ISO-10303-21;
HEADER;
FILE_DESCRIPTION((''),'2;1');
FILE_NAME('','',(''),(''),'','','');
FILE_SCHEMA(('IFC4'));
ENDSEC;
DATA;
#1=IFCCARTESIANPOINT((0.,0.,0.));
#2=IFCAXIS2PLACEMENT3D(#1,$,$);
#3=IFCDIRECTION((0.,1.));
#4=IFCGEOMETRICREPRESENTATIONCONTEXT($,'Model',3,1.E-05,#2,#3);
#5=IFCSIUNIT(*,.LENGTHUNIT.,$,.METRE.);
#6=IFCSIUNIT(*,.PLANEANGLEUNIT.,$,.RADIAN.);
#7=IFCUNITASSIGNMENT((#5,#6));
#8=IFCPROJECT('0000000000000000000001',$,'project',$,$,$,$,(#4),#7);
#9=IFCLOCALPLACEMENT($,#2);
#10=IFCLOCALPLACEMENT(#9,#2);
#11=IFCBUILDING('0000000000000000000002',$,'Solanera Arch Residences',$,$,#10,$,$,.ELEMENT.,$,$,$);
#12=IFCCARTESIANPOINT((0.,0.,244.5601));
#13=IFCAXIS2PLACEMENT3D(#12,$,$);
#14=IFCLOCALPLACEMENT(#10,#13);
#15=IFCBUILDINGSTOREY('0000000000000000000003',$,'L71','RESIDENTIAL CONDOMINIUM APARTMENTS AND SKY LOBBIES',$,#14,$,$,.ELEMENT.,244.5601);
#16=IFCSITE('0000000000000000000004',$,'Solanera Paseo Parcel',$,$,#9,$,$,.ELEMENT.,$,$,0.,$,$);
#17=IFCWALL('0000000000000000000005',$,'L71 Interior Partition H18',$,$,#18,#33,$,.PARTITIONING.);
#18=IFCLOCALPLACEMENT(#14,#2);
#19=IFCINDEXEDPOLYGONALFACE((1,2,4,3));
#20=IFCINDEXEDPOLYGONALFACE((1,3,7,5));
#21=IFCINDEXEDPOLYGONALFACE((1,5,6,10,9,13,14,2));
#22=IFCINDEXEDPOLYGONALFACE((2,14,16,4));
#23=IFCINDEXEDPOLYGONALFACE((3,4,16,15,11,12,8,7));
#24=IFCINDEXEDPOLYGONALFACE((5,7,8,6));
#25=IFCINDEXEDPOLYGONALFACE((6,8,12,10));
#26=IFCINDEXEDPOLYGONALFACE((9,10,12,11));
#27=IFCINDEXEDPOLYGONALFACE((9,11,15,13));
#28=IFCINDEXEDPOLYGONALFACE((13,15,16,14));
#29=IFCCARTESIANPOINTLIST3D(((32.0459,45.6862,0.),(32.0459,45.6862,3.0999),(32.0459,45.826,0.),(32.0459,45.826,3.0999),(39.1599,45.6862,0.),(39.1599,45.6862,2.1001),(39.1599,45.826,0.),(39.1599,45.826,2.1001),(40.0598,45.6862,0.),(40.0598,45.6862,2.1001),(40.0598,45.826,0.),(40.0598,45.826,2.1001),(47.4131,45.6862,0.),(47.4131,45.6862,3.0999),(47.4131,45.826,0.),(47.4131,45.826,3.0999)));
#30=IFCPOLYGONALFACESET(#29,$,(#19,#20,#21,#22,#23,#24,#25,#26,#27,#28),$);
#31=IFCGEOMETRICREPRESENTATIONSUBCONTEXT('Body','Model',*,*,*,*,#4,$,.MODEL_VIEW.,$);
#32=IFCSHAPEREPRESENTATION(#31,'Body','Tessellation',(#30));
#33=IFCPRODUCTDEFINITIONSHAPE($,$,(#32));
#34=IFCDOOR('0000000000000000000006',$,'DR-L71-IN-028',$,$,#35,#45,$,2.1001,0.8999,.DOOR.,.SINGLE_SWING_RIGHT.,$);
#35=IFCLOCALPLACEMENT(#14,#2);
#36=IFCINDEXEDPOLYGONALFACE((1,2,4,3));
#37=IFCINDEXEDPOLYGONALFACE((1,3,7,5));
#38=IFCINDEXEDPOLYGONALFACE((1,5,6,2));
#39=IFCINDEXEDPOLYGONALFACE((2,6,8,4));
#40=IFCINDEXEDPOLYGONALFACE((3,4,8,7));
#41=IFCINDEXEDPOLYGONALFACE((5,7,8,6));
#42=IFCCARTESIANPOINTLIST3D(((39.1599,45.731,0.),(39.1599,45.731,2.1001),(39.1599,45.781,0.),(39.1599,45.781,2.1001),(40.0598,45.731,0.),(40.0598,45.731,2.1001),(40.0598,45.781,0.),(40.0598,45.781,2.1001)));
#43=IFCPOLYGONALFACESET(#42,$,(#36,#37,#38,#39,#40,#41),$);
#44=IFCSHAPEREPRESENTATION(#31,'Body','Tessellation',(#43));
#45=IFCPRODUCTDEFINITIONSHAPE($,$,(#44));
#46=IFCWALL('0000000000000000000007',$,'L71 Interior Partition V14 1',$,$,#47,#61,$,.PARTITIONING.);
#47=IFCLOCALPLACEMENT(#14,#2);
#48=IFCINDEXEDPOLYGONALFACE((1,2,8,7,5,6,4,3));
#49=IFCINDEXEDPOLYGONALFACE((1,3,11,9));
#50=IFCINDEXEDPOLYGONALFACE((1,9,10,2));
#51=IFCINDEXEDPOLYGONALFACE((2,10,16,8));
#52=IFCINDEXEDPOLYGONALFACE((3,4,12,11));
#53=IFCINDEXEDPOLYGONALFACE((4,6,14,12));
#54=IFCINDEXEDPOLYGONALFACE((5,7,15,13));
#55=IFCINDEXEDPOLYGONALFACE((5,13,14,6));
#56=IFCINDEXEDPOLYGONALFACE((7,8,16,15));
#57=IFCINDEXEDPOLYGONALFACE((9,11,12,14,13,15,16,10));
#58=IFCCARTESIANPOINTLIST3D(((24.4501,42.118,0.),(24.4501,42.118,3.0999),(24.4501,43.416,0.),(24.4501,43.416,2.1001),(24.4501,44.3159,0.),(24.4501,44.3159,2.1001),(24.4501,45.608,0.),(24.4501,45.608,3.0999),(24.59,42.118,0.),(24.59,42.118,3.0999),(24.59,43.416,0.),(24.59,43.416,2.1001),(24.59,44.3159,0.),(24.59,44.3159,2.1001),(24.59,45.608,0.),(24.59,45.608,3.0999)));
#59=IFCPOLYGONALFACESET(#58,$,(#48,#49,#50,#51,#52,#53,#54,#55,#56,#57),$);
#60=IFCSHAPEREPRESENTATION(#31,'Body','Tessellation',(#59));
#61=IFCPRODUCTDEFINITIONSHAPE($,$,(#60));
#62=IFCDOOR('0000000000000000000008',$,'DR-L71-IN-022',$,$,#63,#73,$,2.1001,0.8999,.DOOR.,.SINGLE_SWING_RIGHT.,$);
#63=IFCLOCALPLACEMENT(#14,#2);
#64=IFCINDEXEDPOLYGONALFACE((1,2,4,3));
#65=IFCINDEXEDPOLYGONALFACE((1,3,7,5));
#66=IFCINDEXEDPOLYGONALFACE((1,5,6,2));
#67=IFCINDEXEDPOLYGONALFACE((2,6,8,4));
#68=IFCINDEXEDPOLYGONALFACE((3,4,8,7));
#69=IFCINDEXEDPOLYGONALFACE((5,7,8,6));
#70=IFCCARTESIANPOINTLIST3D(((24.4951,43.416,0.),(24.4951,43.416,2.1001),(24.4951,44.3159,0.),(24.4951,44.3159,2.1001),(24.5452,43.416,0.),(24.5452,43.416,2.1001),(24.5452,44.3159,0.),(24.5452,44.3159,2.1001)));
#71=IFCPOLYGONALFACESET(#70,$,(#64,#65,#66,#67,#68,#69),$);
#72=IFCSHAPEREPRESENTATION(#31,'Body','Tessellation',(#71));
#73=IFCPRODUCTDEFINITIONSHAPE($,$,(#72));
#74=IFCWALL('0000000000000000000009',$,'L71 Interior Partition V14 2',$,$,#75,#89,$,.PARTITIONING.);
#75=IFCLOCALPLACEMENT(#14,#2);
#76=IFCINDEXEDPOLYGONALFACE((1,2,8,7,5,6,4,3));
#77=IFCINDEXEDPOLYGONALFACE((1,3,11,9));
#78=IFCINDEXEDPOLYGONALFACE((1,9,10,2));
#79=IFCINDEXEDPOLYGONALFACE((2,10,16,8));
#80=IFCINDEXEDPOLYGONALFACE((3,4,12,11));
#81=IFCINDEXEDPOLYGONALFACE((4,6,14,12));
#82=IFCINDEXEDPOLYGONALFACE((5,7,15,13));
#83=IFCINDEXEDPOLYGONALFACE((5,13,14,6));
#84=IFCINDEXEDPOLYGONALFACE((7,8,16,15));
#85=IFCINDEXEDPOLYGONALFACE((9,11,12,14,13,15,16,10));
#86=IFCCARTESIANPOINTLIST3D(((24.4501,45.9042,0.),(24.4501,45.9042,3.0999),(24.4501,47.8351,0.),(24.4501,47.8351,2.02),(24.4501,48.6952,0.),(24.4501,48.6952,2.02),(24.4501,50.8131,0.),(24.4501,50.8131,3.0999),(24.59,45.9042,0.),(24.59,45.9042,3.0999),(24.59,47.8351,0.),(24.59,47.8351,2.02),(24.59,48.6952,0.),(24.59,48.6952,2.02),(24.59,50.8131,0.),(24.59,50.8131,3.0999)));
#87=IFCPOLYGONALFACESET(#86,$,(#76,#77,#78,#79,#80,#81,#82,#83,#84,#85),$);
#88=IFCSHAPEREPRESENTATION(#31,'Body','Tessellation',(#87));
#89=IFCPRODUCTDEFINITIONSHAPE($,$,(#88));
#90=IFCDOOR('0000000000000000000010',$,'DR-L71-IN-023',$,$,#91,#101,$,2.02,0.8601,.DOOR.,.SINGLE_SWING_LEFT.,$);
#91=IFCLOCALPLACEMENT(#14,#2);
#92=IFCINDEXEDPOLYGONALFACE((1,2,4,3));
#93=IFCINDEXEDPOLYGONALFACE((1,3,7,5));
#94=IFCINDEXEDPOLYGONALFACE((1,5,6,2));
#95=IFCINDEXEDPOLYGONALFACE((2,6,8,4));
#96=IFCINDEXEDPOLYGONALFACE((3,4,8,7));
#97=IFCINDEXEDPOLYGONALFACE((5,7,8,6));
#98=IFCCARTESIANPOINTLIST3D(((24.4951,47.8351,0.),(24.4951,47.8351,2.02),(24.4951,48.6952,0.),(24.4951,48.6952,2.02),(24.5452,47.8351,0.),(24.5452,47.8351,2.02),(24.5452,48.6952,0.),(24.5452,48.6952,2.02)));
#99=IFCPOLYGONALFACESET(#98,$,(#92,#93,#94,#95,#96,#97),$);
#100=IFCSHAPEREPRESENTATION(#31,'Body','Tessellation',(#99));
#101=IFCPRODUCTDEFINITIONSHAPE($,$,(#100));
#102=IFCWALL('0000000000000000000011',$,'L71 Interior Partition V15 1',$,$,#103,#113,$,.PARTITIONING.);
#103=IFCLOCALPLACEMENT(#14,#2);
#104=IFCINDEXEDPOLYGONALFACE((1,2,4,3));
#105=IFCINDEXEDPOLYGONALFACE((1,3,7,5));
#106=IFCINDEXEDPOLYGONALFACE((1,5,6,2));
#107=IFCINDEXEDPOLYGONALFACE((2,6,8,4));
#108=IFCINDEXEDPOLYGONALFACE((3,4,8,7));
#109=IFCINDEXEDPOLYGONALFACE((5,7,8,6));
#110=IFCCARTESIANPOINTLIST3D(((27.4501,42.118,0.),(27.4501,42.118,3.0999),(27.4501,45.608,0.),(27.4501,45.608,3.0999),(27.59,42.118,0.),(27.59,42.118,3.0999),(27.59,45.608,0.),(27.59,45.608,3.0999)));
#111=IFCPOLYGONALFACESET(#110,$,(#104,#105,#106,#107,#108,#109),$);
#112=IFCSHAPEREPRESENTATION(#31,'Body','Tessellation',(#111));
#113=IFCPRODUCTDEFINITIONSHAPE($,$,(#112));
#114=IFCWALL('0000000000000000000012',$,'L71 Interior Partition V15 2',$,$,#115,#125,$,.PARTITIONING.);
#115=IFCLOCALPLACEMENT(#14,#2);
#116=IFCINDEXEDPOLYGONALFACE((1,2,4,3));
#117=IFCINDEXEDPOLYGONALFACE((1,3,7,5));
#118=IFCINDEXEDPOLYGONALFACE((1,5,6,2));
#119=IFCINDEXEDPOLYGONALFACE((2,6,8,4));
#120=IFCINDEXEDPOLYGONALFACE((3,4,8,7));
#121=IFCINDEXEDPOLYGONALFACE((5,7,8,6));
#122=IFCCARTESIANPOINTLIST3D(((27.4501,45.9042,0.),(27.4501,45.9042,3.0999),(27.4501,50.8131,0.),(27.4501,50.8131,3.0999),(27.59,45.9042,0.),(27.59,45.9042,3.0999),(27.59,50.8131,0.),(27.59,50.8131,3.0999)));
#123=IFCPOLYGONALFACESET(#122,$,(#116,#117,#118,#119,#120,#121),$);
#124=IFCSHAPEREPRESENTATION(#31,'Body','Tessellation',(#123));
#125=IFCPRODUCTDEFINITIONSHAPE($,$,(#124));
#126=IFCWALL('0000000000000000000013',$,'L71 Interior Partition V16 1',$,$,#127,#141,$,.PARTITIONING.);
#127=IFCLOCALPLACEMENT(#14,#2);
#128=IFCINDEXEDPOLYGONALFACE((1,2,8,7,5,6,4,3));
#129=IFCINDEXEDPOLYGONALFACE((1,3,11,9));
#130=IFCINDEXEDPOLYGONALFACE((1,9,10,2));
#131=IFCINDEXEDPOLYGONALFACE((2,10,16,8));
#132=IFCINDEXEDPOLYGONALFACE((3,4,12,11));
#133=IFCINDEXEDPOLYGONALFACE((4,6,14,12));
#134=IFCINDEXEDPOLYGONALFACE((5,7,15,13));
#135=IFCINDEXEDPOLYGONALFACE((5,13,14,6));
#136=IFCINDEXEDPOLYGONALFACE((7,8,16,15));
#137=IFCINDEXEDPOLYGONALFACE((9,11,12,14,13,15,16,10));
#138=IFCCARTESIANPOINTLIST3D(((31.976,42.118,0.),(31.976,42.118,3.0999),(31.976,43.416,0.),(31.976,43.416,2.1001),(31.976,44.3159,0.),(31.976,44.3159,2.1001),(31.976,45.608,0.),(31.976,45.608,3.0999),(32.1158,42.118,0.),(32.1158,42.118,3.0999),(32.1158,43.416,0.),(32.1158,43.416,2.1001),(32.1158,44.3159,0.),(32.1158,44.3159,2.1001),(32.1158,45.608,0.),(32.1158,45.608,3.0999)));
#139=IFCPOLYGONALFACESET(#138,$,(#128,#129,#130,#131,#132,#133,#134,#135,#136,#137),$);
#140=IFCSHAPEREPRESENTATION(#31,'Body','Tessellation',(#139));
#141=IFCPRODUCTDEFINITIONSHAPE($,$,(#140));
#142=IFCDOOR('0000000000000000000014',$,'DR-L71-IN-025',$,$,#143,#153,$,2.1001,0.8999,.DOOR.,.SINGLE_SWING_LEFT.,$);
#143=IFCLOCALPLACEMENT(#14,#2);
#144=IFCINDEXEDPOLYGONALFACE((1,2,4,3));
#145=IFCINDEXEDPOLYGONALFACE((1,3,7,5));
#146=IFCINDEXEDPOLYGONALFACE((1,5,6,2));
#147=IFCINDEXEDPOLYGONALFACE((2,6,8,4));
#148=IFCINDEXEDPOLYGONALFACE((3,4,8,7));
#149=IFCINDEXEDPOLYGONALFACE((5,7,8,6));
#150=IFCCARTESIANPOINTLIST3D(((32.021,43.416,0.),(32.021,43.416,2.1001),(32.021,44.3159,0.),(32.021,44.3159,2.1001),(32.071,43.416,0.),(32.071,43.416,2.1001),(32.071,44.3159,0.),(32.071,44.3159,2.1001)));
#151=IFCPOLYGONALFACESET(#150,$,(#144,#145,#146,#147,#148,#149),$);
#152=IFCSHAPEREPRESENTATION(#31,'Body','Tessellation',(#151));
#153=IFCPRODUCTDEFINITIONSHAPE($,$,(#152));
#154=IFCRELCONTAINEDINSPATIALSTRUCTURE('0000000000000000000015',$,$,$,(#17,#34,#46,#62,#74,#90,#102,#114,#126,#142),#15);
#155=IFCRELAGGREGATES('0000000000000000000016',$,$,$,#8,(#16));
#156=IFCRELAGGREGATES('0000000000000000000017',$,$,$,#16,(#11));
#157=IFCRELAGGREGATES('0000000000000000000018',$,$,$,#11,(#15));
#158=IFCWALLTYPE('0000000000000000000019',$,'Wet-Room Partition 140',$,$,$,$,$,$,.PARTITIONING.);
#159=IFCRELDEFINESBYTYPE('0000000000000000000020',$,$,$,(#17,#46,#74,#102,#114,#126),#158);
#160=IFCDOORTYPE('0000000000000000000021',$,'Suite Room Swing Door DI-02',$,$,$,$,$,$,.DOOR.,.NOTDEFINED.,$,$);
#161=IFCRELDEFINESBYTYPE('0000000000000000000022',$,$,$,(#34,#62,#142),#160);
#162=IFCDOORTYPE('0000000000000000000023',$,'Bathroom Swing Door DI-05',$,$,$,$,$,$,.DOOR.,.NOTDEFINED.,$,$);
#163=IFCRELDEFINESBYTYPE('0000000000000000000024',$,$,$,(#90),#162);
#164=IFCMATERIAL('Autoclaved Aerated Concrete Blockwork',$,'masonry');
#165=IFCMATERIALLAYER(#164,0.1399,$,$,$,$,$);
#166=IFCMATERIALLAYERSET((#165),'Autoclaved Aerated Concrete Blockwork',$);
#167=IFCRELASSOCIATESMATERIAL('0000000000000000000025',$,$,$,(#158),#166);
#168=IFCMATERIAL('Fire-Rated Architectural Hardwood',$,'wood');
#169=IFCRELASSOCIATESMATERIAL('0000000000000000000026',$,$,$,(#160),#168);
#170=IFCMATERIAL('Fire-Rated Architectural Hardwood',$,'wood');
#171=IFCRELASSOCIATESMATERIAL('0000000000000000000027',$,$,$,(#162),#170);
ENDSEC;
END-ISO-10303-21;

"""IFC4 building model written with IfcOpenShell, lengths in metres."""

from ifc_helpers import new_model, si_unit, direction, frame, frame_2d, origin, place, context, subcontext, project, spatial, rectangle, extrude, material, layer, layer_set, type_object, element, fill, save


model = new_model("IFC4")

# Units and contexts
model_context = context("Model", 3, precision=1e-05, world=origin(), true_north=direction((0.0, 1.0)))
body_context = subcontext(model_context, "Body", "Model", "MODEL_VIEW")
ifc_project = project(units=[si_unit("LENGTHUNIT", "METRE"), si_unit("PLANEANGLEUNIT", "RADIAN")], contexts=[model_context])

# Site, building, storey
site_placement = place(None, origin())
site = spatial("IfcSite", under=ifc_project, at=site_placement, Name="Solanera Paseo Parcel", CompositionType="ELEMENT", RefElevation=0.0)
building_placement = place(site_placement, origin())
building = spatial("IfcBuilding", under=site, at=building_placement, Name="Solanera Arch Residences", CompositionType="ELEMENT")
storey_placement = place(building_placement, frame((0.0, 0.0, 244.5601)))
storey = spatial("IfcBuildingStorey", under=building, at=storey_placement, Name="L71", Description="RESIDENTIAL CONDOMINIUM APARTMENTS AND SKY LOBBIES", CompositionType="ELEMENT", Elevation=244.5601)

# Shared definitions
ifc_material_1 = material(Name="Autoclaved Aerated Concrete Blockwork", Category="masonry")
ifc_layer_1 = layer(ifc_material_1, 0.1399)
ifc_layer_set_1 = layer_set([ifc_layer_1], Name="Autoclaved Aerated Concrete Blockwork")
wall_type_1 = type_object("IfcWallType", Name="Wet-Room Partition 140", PredefinedType="PARTITIONING", material=ifc_layer_set_1)

# Walls, openings, doors
wall_1_placement = place(storey_placement, frame((32.0459, 45.7561, 0.0), z_axis=(0.0, 0.0, 1.0), x_axis=(1.0, 0.0, 0.0)))
wall_1 = element("IfcWall", 1, at=wall_1_placement, inside=storey, type_object=wall_type_1, Name="L71 Interior Partition H18", PredefinedType="PARTITIONING", context=body_context, shape_type="SweptSolid", body=[
    extrude(rectangle(XDim=15.3672, YDim=0.1399, at=frame_2d((7.6836, 0.0))), origin(), (0.0, 0.0, 1.0), 3.0999),
])
opening_1_placement = place(wall_1_placement, frame((7.114, 0.0, 0.0)))
opening_1 = element("IfcOpeningElement", 2, at=opening_1_placement, cuts=wall_1, PredefinedType="OPENING", context=body_context, shape_type="SweptSolid", body=[
    extrude(rectangle(XDim=0.8999, YDim=2.1001, at=frame_2d((0.45, 1.05))), frame((0.0, 0.0798, 0.0), z_axis=(0.0, -1.0, 0.0), x_axis=(1.0, 0.0, 0.0)), (0.0, 0.0, 1.0), 0.1599),
])
ifc_material_2 = material(Name="Fire-Rated Architectural Hardwood", Category="wood")
door_type_1 = type_object("IfcDoorType", Name="Suite Room Swing Door DI-02", OperationType="NOTDEFINED", PredefinedType="DOOR", material=ifc_material_2)
door_1_placement = place(opening_1_placement, origin())
door_1 = element("IfcDoor", 3, at=door_1_placement, inside=storey, type_object=door_type_1, Name="DR-L71-IN-028", OperationType="SINGLE_SWING_RIGHT", OverallHeight=2.1001, OverallWidth=0.8999, PredefinedType="DOOR", context=body_context, shape_type="SweptSolid", body=[
    extrude(rectangle(XDim=0.8999, YDim=2.1001, at=frame_2d((0.45, 1.05))), frame((0.0, 0.0249, 0.0), z_axis=(0.0, -1.0, 0.0), x_axis=(1.0, 0.0, 0.0)), (0.0, 0.0, 1.0), 0.05),
])
fill(opening_1, door_1)
wall_2_placement = place(storey_placement, frame((24.52, 42.1179, 0.0), z_axis=(0.0, 0.0, 1.0), x_axis=(0.0, 1.0, 0.0)))
wall_2 = element("IfcWall", 4, at=wall_2_placement, inside=storey, type_object=wall_type_1, Name="L71 Interior Partition V14 1", PredefinedType="PARTITIONING", context=body_context, shape_type="SweptSolid", body=[
    extrude(rectangle(XDim=3.49, YDim=0.1399, at=frame_2d((1.7451, 0.0))), origin(), (0.0, 0.0, 1.0), 3.0999),
])
opening_2_placement = place(wall_2_placement, frame((1.2981, 0.0, 0.0)))
opening_2 = element("IfcOpeningElement", 5, at=opening_2_placement, cuts=wall_2, PredefinedType="OPENING", context=body_context, shape_type="SweptSolid", body=[
    extrude(rectangle(XDim=0.8999, YDim=2.1001, at=frame_2d((0.45, 1.05))), frame((0.0, 0.0798, 0.0), z_axis=(0.0, -1.0, 0.0), x_axis=(1.0, 0.0, 0.0)), (0.0, 0.0, 1.0), 0.1599),
])
door_2_placement = place(opening_2_placement, origin())
door_2 = element("IfcDoor", 6, at=door_2_placement, inside=storey, type_object=door_type_1, Name="DR-L71-IN-022", OperationType="SINGLE_SWING_RIGHT", OverallHeight=2.1001, OverallWidth=0.8999, PredefinedType="DOOR", context=body_context, shape_type="SweptSolid", body=[
    extrude(rectangle(XDim=0.8999, YDim=2.1001, at=frame_2d((0.45, 1.05))), frame((0.0, 0.0249, 0.0), z_axis=(0.0, -1.0, 0.0), x_axis=(1.0, 0.0, 0.0)), (0.0, 0.0, 1.0), 0.05),
])
fill(opening_2, door_2)
wall_3_placement = place(storey_placement, frame((24.52, 45.9041, 0.0), z_axis=(0.0, 0.0, 1.0), x_axis=(0.0, 1.0, 0.0)))
wall_3 = element("IfcWall", 7, at=wall_3_placement, inside=storey, type_object=wall_type_1, Name="L71 Interior Partition V14 2", PredefinedType="PARTITIONING", context=body_context, shape_type="SweptSolid", body=[
    extrude(rectangle(XDim=4.9089, YDim=0.1399, at=frame_2d((2.4546, 0.0))), origin(), (0.0, 0.0, 1.0), 3.0999),
])
opening_3_placement = place(wall_3_placement, frame((1.9309, 0.0, 0.0)))
opening_3 = element("IfcOpeningElement", 8, at=opening_3_placement, cuts=wall_3, PredefinedType="OPENING", context=body_context, shape_type="SweptSolid", body=[
    extrude(rectangle(XDim=0.8601, YDim=2.02, at=frame_2d((0.4302, 1.01))), frame((0.0, 0.0798, 0.0), z_axis=(0.0, -1.0, 0.0), x_axis=(1.0, 0.0, 0.0)), (0.0, 0.0, 1.0), 0.1599),
])
ifc_material_3 = material(Name="Fire-Rated Architectural Hardwood", Category="wood")
door_type_2 = type_object("IfcDoorType", Name="Bathroom Swing Door DI-05", OperationType="NOTDEFINED", PredefinedType="DOOR", material=ifc_material_3)
door_3_placement = place(opening_3_placement, origin())
door_3 = element("IfcDoor", 9, at=door_3_placement, inside=storey, type_object=door_type_2, Name="DR-L71-IN-023", OperationType="SINGLE_SWING_LEFT", OverallHeight=2.02, OverallWidth=0.8601, PredefinedType="DOOR", context=body_context, shape_type="SweptSolid", body=[
    extrude(rectangle(XDim=0.8601, YDim=2.02, at=frame_2d((0.4302, 1.01))), frame((0.0, 0.0249, 0.0), z_axis=(0.0, -1.0, 0.0), x_axis=(1.0, 0.0, 0.0)), (0.0, 0.0, 1.0), 0.05),
])
fill(opening_3, door_3)

# Walls
wall_4_placement = place(storey_placement, frame((27.52, 42.1179, 0.0), z_axis=(0.0, 0.0, 1.0), x_axis=(0.0, 1.0, 0.0)))
element("IfcWall", 10, at=wall_4_placement, inside=storey, type_object=wall_type_1, Name="L71 Interior Partition V15 1", PredefinedType="PARTITIONING", context=body_context, shape_type="SweptSolid", body=[
    extrude(rectangle(XDim=3.49, YDim=0.1399, at=frame_2d((1.7451, 0.0))), origin(), (0.0, 0.0, 1.0), 3.0999),
])
wall_5_placement = place(storey_placement, frame((27.52, 45.9041, 0.0), z_axis=(0.0, 0.0, 1.0), x_axis=(0.0, 1.0, 0.0)))
element("IfcWall", 11, at=wall_5_placement, inside=storey, type_object=wall_type_1, Name="L71 Interior Partition V15 2", PredefinedType="PARTITIONING", context=body_context, shape_type="SweptSolid", body=[
    extrude(rectangle(XDim=4.9089, YDim=0.1399, at=frame_2d((2.4546, 0.0))), origin(), (0.0, 0.0, 1.0), 3.0999),
])

# Wall, opening, door
wall_6_placement = place(storey_placement, frame((32.0459, 42.1179, 0.0), z_axis=(0.0, 0.0, 1.0), x_axis=(0.0, 1.0, 0.0)))
wall_6 = element("IfcWall", 12, at=wall_6_placement, inside=storey, type_object=wall_type_1, Name="L71 Interior Partition V16 1", PredefinedType="PARTITIONING", context=body_context, shape_type="SweptSolid", body=[
    extrude(rectangle(XDim=3.49, YDim=0.1399, at=frame_2d((1.7451, 0.0))), origin(), (0.0, 0.0, 1.0), 3.0999),
])
opening_4_placement = place(wall_6_placement, frame((1.2981, 0.0, 0.0)))
opening_4 = element("IfcOpeningElement", 13, at=opening_4_placement, cuts=wall_6, PredefinedType="OPENING", context=body_context, shape_type="SweptSolid", body=[
    extrude(rectangle(XDim=0.8999, YDim=2.1001, at=frame_2d((0.45, 1.05))), frame((0.0, 0.0798, 0.0), z_axis=(0.0, -1.0, 0.0), x_axis=(1.0, 0.0, 0.0)), (0.0, 0.0, 1.0), 0.1599),
])
door_4_placement = place(opening_4_placement, origin())
door_4 = element("IfcDoor", 14, at=door_4_placement, inside=storey, type_object=door_type_1, Name="DR-L71-IN-025", OperationType="SINGLE_SWING_LEFT", OverallHeight=2.1001, OverallWidth=0.8999, PredefinedType="DOOR", context=body_context, shape_type="SweptSolid", body=[
    extrude(rectangle(XDim=0.8999, YDim=2.1001, at=frame_2d((0.45, 1.05))), frame((0.0, 0.0249, 0.0), z_axis=(0.0, -1.0, 0.0), x_axis=(1.0, 0.0, 0.0)), (0.0, 0.0, 1.0), 0.05),
])
fill(opening_4, door_4)

save(model, "model.ifc")
